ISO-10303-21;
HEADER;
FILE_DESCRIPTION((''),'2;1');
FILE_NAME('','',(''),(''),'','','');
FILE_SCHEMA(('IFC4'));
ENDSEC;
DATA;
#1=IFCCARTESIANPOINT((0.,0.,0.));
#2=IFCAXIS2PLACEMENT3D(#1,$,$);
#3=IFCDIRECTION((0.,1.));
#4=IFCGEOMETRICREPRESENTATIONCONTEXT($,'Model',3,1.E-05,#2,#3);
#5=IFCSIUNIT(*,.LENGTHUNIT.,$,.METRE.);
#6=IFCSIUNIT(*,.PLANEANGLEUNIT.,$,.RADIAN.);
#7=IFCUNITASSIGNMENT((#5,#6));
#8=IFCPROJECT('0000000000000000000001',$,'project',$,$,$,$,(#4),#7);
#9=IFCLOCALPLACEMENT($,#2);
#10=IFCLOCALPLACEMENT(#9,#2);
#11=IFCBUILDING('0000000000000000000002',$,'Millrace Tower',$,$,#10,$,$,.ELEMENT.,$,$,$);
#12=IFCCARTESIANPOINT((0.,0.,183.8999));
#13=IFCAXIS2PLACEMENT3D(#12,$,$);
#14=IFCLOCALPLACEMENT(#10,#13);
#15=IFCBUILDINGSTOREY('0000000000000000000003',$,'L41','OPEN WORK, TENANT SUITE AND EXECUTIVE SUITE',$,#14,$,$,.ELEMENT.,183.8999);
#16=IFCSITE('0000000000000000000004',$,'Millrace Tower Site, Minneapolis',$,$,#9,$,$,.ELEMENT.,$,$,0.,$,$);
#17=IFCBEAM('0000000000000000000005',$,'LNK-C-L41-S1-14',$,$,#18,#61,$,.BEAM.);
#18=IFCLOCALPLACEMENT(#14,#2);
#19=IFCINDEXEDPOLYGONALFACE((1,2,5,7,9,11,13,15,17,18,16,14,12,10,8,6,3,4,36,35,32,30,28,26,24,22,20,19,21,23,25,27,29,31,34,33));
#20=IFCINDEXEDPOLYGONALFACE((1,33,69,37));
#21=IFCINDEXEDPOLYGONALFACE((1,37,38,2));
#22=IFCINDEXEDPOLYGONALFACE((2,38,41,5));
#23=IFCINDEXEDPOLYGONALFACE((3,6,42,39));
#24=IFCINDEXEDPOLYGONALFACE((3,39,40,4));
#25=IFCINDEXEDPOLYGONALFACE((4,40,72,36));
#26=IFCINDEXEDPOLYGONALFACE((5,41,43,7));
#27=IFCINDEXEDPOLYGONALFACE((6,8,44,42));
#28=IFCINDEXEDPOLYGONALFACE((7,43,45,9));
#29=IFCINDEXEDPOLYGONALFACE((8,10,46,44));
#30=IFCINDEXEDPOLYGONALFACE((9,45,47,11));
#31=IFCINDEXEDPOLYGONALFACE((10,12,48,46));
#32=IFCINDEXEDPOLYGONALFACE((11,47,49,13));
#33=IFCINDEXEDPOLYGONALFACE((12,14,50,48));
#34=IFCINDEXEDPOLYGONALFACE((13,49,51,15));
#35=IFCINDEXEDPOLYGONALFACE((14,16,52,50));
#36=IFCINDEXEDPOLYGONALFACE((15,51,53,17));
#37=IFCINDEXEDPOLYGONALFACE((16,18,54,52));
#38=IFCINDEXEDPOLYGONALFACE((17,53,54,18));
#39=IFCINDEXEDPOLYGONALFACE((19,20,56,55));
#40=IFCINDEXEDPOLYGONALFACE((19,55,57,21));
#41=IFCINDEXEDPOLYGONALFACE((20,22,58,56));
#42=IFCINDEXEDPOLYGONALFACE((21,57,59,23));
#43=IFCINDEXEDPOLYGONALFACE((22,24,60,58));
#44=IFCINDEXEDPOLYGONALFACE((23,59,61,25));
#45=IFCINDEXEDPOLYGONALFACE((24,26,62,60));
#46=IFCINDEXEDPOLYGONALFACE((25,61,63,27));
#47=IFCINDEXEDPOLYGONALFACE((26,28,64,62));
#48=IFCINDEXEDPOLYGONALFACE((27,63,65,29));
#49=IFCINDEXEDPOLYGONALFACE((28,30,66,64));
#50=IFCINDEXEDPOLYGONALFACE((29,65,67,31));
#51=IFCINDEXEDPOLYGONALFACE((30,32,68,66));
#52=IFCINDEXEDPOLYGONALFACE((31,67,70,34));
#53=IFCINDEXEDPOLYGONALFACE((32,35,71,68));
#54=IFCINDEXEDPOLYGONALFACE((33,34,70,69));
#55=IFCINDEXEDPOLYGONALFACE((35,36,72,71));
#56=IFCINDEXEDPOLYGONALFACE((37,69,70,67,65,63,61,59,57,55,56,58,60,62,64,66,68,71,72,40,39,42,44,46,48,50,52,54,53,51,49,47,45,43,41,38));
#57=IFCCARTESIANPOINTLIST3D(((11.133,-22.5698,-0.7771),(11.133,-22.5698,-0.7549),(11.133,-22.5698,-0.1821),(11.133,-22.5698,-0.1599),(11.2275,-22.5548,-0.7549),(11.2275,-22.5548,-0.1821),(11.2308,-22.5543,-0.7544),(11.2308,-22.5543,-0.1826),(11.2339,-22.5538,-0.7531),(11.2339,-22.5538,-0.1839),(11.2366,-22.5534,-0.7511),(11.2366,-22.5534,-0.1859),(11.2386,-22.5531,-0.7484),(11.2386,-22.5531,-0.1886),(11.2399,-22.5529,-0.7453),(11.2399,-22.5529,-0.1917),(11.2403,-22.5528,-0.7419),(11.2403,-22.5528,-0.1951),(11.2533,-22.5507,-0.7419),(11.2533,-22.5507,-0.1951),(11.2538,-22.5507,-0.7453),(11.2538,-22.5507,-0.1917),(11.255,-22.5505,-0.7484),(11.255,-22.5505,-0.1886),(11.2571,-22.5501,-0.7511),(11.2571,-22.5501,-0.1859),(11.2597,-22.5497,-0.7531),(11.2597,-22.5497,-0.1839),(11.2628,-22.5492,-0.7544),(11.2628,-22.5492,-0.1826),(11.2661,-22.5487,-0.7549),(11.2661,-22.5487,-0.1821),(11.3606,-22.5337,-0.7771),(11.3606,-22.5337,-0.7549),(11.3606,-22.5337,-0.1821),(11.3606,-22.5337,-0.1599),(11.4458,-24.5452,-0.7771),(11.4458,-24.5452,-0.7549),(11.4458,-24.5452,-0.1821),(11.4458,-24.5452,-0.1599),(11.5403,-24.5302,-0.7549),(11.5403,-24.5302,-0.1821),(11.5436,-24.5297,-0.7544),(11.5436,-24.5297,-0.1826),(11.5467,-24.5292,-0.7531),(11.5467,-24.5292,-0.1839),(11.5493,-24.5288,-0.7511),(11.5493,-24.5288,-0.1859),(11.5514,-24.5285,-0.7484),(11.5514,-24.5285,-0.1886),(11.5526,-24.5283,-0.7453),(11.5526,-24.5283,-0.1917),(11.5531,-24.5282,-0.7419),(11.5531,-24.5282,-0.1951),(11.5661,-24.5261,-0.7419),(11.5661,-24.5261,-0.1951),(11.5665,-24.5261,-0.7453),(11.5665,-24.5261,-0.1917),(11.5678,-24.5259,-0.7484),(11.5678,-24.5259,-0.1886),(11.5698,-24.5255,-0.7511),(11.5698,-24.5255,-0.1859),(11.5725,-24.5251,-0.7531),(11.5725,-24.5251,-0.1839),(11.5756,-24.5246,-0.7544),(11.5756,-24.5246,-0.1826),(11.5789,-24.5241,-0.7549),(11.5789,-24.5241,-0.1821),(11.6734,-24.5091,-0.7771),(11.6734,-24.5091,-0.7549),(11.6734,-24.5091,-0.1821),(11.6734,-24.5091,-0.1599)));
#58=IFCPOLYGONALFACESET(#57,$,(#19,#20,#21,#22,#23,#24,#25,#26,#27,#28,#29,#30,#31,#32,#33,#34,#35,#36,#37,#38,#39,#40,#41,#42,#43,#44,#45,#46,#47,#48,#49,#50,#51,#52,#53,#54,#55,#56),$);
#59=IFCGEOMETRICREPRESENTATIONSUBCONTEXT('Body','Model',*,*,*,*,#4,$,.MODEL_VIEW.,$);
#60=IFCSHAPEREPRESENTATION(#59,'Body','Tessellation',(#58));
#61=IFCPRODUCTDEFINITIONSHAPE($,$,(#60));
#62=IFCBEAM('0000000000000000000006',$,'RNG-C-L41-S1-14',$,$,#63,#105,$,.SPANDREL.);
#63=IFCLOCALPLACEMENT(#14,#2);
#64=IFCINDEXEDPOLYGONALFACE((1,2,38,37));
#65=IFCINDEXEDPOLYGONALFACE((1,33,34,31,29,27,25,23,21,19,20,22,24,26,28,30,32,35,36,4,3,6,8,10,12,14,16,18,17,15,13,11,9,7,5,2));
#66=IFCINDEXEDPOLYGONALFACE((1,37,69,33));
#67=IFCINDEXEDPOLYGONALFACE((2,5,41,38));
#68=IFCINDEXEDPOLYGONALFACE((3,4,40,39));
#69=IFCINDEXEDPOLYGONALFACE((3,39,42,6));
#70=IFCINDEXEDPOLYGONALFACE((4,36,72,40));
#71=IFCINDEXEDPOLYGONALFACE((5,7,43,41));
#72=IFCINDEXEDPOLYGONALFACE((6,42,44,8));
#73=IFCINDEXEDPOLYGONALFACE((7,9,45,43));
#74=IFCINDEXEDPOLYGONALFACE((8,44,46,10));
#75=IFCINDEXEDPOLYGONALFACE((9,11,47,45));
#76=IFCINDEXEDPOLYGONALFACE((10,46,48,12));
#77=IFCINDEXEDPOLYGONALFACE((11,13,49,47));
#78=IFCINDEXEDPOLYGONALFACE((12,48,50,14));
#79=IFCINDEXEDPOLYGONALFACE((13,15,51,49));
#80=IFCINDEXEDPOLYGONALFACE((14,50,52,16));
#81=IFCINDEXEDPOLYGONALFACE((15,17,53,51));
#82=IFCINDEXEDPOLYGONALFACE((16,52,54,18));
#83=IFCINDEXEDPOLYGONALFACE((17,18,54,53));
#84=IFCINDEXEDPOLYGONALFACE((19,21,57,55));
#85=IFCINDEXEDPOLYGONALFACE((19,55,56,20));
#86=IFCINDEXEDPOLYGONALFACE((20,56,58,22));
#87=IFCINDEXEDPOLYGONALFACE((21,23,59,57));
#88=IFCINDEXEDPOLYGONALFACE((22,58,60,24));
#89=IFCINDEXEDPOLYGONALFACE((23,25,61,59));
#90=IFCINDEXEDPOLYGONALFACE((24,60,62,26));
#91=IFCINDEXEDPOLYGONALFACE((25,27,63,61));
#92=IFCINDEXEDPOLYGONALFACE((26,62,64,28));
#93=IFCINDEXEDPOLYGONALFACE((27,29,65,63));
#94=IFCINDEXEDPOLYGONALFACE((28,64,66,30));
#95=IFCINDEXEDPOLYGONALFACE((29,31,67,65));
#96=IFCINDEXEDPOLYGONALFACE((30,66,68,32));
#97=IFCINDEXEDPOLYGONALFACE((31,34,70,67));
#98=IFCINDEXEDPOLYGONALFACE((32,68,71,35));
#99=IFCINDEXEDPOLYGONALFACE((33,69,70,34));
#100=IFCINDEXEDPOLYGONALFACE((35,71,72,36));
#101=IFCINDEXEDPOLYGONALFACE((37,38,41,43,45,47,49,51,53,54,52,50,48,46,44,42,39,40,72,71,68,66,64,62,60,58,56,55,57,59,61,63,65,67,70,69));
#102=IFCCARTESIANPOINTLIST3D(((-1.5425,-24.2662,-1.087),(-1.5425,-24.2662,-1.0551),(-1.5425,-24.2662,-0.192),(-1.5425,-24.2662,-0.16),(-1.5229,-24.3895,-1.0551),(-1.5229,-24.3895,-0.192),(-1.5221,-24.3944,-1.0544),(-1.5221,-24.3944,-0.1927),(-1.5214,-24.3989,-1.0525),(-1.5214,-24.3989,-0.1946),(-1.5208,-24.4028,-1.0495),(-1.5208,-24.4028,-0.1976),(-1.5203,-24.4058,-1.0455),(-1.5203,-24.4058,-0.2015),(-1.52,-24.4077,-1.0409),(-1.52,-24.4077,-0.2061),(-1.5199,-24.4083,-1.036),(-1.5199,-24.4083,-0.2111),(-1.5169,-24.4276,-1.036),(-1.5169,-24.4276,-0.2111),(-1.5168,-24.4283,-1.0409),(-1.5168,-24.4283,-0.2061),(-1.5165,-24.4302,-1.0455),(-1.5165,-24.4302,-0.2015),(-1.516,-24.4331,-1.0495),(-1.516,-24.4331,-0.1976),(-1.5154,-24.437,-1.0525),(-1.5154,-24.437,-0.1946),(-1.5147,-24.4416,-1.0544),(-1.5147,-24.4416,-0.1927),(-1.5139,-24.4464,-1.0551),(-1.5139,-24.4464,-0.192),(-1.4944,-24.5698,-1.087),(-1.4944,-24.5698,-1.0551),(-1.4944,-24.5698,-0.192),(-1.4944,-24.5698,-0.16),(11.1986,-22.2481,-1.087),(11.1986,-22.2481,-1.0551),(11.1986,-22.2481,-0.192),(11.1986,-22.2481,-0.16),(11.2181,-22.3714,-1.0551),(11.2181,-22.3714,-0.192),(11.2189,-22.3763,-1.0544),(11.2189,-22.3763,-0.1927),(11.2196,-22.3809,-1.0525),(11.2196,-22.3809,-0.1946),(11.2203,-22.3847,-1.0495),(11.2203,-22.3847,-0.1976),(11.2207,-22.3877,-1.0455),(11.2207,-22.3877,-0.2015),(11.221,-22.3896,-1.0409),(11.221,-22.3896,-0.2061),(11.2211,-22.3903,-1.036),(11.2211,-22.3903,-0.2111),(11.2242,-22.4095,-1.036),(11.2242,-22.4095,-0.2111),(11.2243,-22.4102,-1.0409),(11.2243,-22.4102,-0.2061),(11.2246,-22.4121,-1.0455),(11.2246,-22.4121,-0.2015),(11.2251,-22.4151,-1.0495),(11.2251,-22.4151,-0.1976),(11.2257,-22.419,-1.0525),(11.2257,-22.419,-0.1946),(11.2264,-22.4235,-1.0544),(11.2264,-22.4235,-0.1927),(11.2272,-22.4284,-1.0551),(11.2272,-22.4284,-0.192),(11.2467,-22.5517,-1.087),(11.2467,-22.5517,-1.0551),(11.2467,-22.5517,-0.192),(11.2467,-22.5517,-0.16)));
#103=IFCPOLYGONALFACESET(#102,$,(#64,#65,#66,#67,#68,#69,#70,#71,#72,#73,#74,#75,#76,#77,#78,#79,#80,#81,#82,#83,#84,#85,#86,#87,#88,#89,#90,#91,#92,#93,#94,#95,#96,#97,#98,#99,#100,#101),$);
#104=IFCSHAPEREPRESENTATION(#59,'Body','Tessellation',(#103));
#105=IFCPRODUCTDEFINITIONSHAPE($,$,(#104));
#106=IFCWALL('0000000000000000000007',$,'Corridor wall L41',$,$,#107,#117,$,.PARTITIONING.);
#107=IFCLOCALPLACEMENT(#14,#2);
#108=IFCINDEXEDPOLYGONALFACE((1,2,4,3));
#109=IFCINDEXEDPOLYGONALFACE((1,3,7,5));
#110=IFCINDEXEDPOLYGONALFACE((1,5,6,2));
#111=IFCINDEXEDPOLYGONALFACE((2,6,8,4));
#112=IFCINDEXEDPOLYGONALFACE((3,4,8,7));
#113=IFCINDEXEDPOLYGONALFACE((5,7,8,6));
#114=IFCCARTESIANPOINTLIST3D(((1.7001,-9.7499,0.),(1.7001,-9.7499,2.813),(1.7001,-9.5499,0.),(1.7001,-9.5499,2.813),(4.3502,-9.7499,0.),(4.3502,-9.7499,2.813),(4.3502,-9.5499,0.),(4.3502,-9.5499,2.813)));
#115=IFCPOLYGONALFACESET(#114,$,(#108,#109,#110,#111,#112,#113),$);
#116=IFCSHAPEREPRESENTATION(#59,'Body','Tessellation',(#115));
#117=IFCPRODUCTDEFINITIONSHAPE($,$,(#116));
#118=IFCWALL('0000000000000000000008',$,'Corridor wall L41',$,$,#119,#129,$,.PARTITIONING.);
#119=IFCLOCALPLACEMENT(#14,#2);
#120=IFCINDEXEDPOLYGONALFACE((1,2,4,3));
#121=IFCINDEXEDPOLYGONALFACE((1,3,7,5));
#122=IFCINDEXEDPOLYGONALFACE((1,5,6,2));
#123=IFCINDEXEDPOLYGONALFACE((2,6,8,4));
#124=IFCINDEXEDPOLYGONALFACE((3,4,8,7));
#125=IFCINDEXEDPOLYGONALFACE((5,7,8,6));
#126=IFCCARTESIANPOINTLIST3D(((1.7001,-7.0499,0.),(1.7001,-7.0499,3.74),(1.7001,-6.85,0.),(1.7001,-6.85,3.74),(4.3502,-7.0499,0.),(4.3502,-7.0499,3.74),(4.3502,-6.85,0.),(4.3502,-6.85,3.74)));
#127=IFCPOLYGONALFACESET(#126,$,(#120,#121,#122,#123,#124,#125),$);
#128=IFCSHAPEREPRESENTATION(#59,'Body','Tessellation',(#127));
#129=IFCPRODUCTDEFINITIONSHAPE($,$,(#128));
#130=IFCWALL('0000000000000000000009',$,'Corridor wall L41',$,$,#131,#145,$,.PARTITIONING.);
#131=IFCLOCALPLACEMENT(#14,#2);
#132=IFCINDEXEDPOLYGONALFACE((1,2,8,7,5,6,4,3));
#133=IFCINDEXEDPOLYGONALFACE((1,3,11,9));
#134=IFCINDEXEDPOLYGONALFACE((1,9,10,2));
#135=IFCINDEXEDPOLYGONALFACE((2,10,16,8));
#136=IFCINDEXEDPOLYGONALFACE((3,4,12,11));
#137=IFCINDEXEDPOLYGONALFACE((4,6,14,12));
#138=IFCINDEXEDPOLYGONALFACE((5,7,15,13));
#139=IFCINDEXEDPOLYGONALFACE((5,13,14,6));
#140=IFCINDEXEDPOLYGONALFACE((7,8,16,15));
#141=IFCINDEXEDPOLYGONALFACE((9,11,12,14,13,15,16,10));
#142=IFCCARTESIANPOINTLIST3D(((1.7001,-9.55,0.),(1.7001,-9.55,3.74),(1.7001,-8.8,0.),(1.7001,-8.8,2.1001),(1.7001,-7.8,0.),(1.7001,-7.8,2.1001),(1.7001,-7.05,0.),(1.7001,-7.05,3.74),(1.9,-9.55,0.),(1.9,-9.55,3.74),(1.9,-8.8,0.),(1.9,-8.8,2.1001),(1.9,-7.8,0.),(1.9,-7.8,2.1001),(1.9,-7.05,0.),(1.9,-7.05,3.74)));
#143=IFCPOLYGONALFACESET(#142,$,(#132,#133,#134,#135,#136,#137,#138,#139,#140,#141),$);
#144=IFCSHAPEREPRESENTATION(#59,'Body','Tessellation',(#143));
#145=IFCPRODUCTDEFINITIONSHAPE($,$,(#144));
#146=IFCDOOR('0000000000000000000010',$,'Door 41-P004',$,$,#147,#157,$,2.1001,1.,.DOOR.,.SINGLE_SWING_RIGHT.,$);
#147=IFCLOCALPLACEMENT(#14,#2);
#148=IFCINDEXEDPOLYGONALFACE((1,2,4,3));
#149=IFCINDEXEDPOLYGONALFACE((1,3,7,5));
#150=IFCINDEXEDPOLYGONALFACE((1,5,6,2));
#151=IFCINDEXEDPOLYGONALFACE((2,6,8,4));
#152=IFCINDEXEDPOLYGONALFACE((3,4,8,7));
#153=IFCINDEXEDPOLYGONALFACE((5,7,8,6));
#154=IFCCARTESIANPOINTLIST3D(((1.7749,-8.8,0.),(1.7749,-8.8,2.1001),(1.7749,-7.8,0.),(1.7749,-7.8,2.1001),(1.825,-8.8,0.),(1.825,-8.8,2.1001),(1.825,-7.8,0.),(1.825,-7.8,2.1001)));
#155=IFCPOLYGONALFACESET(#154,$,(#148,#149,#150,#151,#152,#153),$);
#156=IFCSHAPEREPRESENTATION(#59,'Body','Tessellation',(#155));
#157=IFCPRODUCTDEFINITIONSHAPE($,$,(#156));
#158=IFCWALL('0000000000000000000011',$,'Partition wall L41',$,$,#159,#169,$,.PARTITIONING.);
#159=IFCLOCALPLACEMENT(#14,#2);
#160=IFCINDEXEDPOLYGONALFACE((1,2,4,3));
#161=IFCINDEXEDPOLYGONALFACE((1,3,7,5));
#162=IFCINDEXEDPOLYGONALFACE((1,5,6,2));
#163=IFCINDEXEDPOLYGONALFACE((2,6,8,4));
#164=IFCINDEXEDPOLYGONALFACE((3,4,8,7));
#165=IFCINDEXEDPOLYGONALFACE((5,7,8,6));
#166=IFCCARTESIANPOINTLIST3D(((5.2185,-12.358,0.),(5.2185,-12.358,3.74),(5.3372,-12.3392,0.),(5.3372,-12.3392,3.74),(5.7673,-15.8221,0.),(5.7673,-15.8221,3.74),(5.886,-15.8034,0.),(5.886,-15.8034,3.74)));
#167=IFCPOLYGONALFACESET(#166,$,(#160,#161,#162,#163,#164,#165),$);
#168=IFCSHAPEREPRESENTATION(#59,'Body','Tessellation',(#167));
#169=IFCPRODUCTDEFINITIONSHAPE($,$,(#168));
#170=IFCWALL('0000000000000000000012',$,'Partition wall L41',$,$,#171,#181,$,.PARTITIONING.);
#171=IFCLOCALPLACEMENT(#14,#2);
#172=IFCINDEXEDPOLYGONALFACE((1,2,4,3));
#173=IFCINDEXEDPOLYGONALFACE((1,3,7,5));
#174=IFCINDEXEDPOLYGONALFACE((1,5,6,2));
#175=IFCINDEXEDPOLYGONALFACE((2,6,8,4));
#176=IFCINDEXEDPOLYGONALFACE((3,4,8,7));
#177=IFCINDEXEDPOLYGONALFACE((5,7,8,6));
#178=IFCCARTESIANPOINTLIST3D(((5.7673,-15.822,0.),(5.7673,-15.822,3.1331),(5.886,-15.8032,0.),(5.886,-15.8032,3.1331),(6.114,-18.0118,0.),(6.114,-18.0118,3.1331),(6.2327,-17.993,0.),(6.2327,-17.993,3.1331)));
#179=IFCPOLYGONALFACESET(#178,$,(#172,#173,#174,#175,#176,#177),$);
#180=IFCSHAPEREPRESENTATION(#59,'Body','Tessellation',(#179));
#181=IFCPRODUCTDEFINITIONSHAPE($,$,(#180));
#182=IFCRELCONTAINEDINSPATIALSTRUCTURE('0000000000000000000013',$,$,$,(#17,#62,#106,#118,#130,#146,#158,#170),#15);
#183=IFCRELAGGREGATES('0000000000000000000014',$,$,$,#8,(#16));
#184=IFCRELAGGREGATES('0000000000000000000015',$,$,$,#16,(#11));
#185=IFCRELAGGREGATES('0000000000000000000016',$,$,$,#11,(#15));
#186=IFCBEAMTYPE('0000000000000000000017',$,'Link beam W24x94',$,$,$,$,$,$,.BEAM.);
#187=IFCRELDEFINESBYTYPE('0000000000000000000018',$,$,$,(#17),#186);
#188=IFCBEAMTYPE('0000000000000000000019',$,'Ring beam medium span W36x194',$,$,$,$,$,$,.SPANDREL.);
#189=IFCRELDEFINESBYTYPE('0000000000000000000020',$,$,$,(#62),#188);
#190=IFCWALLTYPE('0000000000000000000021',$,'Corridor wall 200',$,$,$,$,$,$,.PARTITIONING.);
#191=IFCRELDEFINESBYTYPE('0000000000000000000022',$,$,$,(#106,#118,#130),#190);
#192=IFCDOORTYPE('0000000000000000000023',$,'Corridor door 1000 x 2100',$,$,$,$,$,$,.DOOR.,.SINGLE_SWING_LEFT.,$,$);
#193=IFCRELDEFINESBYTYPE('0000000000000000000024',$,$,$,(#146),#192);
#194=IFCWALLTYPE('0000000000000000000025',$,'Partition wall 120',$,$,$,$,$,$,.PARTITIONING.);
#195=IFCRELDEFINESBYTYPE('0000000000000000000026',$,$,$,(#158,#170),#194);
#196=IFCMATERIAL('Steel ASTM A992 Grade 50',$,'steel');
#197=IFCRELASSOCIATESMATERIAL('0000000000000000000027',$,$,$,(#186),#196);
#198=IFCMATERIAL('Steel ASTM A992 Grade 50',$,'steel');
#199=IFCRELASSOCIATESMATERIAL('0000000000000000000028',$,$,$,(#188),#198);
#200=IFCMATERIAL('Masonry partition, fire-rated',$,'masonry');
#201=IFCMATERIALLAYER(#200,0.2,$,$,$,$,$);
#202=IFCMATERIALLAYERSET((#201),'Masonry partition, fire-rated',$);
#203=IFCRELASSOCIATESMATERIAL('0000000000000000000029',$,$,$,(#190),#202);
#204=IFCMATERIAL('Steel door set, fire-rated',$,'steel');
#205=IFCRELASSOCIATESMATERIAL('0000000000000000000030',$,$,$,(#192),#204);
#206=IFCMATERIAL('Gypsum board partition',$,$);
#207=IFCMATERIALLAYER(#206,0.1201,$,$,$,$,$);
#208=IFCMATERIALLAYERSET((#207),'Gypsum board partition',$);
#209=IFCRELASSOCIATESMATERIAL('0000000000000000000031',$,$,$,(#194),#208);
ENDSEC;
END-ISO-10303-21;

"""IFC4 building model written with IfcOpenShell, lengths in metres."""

from ifc_helpers import new_model, si_unit, direction, frame, frame_2d, origin, origin_2d, place, context, subcontext, project, spatial, rectangle, i_section, extrude, material, layer, layer_set, material_profile, profile_set, type_object, element, fill, save


model = new_model("IFC4")

# Units and contexts
model_context = context("Model", 3, precision=1e-05, world=origin(), true_north=direction((0.0, 1.0)))
body_context = subcontext(model_context, "Body", "Model", "MODEL_VIEW")
ifc_project = project(units=[si_unit("LENGTHUNIT", "METRE"), si_unit("PLANEANGLEUNIT", "RADIAN")], contexts=[model_context])

# Site, building, storey
site_placement = place(None, origin())
site = spatial("IfcSite", under=ifc_project, at=site_placement, Name="Millrace Tower Site, Minneapolis", CompositionType="ELEMENT", RefElevation=0.0)
building_placement = place(site_placement, origin())
building = spatial("IfcBuilding", under=site, at=building_placement, Name="Millrace Tower", CompositionType="ELEMENT")
storey_placement = place(building_placement, frame((0.0, 0.0, 183.8999)))
storey = spatial("IfcBuildingStorey", under=building, at=storey_placement, Name="L41", Description="OPEN WORK, TENANT SUITE AND EXECUTIVE SUITE", CompositionType="ELEMENT", Elevation=183.8999)

# Beams
ifc_material_1 = material(Name="Steel ASTM A992 Grade 50", Category="steel")
ifc_material_profile_1 = material_profile(ifc_material_1, i_section(OverallWidth=0.2305, OverallDepth=0.6172, WebThickness=0.0132, FlangeThickness=0.0222, FilletRadius=0.0129, at=origin_2d()))
ifc_profile_set_1 = profile_set([ifc_material_profile_1], Name="Steel ASTM A992 Grade 50")
beam_type_1 = type_object("IfcBeamType", Name="Link beam W24x94", PredefinedType="BEAM", material=ifc_profile_set_1)
beam_1_placement = place(storey_placement, frame((11.2468, -22.5518, -0.4685), z_axis=(0.156376, -0.987698, 0.0), x_axis=(0.987698, 0.156376, 0.0)))
element("IfcBeam", 1, at=beam_1_placement, inside=storey, type_object=beam_type_1, Name="LNK-C-L41-S1-14", PredefinedType="BEAM", context=body_context, shape_type="SweptSolid", body=[
    extrude(i_section(OverallWidth=0.2305, OverallDepth=0.6172, WebThickness=0.0132, FlangeThickness=0.0222, FilletRadius=0.0129, at=origin_2d()), origin(), (0.0, 0.0, 1.0), 2.0),
])
ifc_material_2 = material(Name="Steel ASTM A992 Grade 50", Category="steel")
ifc_material_profile_2 = material_profile(ifc_material_2, i_section(OverallWidth=0.3074, OverallDepth=0.927, WebThickness=0.0195, FlangeThickness=0.032, FilletRadius=0.019, at=origin_2d()))
ifc_profile_set_2 = profile_set([ifc_material_profile_2], Name="Steel ASTM A992 Grade 50")
beam_type_2 = type_object("IfcBeamType", Name="Ring beam medium span W36x194", PredefinedType="SPANDREL", material=ifc_profile_set_2)
beam_2_placement = place(storey_placement, frame((11.2227, -22.3999, -0.6235), z_axis=(-0.987687, -0.156442, 0.0), x_axis=(0.156442, -0.987687, 0.0)))
element("IfcBeam", 2, at=beam_2_placement, inside=storey, type_object=beam_type_2, Name="RNG-C-L41-S1-14", PredefinedType="SPANDREL", context=body_context, shape_type="SweptSolid", body=[
    extrude(i_section(OverallWidth=0.3074, OverallDepth=0.927, WebThickness=0.0195, FlangeThickness=0.032, FilletRadius=0.019, at=origin_2d()), origin(), (0.0, 0.0, 1.0), 12.8999),
])

# Walls
ifc_material_3 = material(Name="Masonry partition, fire-rated", Category="masonry")
ifc_layer_1 = layer(ifc_material_3, 0.2)
ifc_layer_set_1 = layer_set([ifc_layer_1], Name="Masonry partition, fire-rated")
wall_type_1 = type_object("IfcWallType", Name="Corridor wall 200", PredefinedType="PARTITIONING", material=ifc_layer_set_1)
wall_1_placement = place(storey_placement, frame((1.7, -9.6499, 0.0), z_axis=(0.0, 0.0, 1.0), x_axis=(1.0, 0.0, 0.0)))
element("IfcWall", 3, at=wall_1_placement, inside=storey, type_object=wall_type_1, Name="Corridor wall L41", PredefinedType="PARTITIONING", context=body_context, shape_type="SweptSolid", body=[
    extrude(rectangle(XDim=2.6501, YDim=0.2, at=frame_2d((1.3252, 0.0))), origin(), (0.0, 0.0, 1.0), 2.813),
])
wall_2_placement = place(storey_placement, frame((1.7, -6.95, 0.0), z_axis=(0.0, 0.0, 1.0), x_axis=(1.0, 0.0, 0.0)))
element("IfcWall", 4, at=wall_2_placement, inside=storey, type_object=wall_type_1, Name="Corridor wall L41", PredefinedType="PARTITIONING", context=body_context, shape_type="SweptSolid", body=[
    extrude(rectangle(XDim=2.6501, YDim=0.2, at=frame_2d((1.3252, 0.0))), origin(), (0.0, 0.0, 1.0), 3.74),
])

# Wall, opening, door
wall_3_placement = place(storey_placement, frame((1.8, -9.55, 0.0), z_axis=(0.0, 0.0, 1.0), x_axis=(0.0, 1.0, 0.0)))
wall_3 = element("IfcWall", 5, at=wall_3_placement, inside=storey, type_object=wall_type_1, Name="Corridor wall L41", PredefinedType="PARTITIONING", context=body_context, shape_type="SweptSolid", body=[
    extrude(rectangle(XDim=2.5, YDim=0.2, at=frame_2d((1.25, 0.0))), origin(), (0.0, 0.0, 1.0), 3.74),
])
opening_placement = place(wall_3_placement, frame((0.75, 0.0, 0.0)))
opening = element("IfcOpeningElement", 6, at=opening_placement, cuts=wall_3, PredefinedType="OPENING", context=body_context, shape_type="SweptSolid", body=[
    extrude(rectangle(XDim=1.0, YDim=2.1001, at=frame_2d((0.5, 1.05))), frame((0.0, 0.1099, 0.0), z_axis=(0.0, -1.0, 0.0), x_axis=(1.0, 0.0, 0.0)), (0.0, 0.0, 1.0), 0.22),
])
ifc_material_4 = material(Name="Steel door set, fire-rated", Category="steel")
door_type = type_object("IfcDoorType", Name="Corridor door 1000 x 2100", OperationType="SINGLE_SWING_LEFT", PredefinedType="DOOR", material=ifc_material_4)
door_placement = place(opening_placement, frame((1.0, 0.0, 0.0), z_axis=(0.0, 0.0, 1.0), x_axis=(-1.0, 0.0, 0.0)))
door = element("IfcDoor", 7, at=door_placement, inside=storey, type_object=door_type, Name="Door 41-P004", OperationType="SINGLE_SWING_RIGHT", OverallHeight=2.1001, OverallWidth=1.0, PredefinedType="DOOR", context=body_context, shape_type="SweptSolid", body=[
    extrude(rectangle(XDim=1.0, YDim=2.1001, at=frame_2d((0.5, 1.05))), frame((0.0, 0.0249, 0.0), z_axis=(0.0, -1.0, 0.0), x_axis=(1.0, 0.0, 0.0)), (0.0, 0.0, 1.0), 0.05),
])
fill(opening, door)

# Walls
ifc_material_5 = material(Name="Gypsum board partition")
ifc_layer_2 = layer(ifc_material_5, 0.1201)
ifc_layer_set_2 = layer_set([ifc_layer_2], Name="Gypsum board partition")
wall_type_2 = type_object("IfcWallType", Name="Partition wall 120", PredefinedType="PARTITIONING", material=ifc_layer_set_2)
wall_4_placement = place(storey_placement, frame((5.2778, -12.3486, 0.0), z_axis=(0.0, 0.0, 1.0), x_axis=(0.156481, -0.987681, 0.0)))
element("IfcWall", 8, at=wall_4_placement, inside=storey, type_object=wall_type_2, Name="Partition wall L41", PredefinedType="PARTITIONING", context=body_context, shape_type="SweptSolid", body=[
    extrude(rectangle(XDim=3.5073, YDim=0.1201, at=frame_2d((1.7537, 0.0))), origin(), (0.0, 0.0, 1.0), 3.74),
])
wall_5_placement = place(storey_placement, frame((5.8267, -15.8127, 0.0), z_axis=(0.0, 0.0, 1.0), x_axis=(0.156375, -0.987698, 0.0)))
element("IfcWall", 9, at=wall_5_placement, inside=storey, type_object=wall_type_2, Name="Partition wall L41", PredefinedType="PARTITIONING", context=body_context, shape_type="SweptSolid", body=[
    extrude(rectangle(XDim=2.217, YDim=0.1201, at=frame_2d((1.1084, 0.0))), origin(), (0.0, 0.0, 1.0), 3.1331),
])

save(model, "model.ifc")
